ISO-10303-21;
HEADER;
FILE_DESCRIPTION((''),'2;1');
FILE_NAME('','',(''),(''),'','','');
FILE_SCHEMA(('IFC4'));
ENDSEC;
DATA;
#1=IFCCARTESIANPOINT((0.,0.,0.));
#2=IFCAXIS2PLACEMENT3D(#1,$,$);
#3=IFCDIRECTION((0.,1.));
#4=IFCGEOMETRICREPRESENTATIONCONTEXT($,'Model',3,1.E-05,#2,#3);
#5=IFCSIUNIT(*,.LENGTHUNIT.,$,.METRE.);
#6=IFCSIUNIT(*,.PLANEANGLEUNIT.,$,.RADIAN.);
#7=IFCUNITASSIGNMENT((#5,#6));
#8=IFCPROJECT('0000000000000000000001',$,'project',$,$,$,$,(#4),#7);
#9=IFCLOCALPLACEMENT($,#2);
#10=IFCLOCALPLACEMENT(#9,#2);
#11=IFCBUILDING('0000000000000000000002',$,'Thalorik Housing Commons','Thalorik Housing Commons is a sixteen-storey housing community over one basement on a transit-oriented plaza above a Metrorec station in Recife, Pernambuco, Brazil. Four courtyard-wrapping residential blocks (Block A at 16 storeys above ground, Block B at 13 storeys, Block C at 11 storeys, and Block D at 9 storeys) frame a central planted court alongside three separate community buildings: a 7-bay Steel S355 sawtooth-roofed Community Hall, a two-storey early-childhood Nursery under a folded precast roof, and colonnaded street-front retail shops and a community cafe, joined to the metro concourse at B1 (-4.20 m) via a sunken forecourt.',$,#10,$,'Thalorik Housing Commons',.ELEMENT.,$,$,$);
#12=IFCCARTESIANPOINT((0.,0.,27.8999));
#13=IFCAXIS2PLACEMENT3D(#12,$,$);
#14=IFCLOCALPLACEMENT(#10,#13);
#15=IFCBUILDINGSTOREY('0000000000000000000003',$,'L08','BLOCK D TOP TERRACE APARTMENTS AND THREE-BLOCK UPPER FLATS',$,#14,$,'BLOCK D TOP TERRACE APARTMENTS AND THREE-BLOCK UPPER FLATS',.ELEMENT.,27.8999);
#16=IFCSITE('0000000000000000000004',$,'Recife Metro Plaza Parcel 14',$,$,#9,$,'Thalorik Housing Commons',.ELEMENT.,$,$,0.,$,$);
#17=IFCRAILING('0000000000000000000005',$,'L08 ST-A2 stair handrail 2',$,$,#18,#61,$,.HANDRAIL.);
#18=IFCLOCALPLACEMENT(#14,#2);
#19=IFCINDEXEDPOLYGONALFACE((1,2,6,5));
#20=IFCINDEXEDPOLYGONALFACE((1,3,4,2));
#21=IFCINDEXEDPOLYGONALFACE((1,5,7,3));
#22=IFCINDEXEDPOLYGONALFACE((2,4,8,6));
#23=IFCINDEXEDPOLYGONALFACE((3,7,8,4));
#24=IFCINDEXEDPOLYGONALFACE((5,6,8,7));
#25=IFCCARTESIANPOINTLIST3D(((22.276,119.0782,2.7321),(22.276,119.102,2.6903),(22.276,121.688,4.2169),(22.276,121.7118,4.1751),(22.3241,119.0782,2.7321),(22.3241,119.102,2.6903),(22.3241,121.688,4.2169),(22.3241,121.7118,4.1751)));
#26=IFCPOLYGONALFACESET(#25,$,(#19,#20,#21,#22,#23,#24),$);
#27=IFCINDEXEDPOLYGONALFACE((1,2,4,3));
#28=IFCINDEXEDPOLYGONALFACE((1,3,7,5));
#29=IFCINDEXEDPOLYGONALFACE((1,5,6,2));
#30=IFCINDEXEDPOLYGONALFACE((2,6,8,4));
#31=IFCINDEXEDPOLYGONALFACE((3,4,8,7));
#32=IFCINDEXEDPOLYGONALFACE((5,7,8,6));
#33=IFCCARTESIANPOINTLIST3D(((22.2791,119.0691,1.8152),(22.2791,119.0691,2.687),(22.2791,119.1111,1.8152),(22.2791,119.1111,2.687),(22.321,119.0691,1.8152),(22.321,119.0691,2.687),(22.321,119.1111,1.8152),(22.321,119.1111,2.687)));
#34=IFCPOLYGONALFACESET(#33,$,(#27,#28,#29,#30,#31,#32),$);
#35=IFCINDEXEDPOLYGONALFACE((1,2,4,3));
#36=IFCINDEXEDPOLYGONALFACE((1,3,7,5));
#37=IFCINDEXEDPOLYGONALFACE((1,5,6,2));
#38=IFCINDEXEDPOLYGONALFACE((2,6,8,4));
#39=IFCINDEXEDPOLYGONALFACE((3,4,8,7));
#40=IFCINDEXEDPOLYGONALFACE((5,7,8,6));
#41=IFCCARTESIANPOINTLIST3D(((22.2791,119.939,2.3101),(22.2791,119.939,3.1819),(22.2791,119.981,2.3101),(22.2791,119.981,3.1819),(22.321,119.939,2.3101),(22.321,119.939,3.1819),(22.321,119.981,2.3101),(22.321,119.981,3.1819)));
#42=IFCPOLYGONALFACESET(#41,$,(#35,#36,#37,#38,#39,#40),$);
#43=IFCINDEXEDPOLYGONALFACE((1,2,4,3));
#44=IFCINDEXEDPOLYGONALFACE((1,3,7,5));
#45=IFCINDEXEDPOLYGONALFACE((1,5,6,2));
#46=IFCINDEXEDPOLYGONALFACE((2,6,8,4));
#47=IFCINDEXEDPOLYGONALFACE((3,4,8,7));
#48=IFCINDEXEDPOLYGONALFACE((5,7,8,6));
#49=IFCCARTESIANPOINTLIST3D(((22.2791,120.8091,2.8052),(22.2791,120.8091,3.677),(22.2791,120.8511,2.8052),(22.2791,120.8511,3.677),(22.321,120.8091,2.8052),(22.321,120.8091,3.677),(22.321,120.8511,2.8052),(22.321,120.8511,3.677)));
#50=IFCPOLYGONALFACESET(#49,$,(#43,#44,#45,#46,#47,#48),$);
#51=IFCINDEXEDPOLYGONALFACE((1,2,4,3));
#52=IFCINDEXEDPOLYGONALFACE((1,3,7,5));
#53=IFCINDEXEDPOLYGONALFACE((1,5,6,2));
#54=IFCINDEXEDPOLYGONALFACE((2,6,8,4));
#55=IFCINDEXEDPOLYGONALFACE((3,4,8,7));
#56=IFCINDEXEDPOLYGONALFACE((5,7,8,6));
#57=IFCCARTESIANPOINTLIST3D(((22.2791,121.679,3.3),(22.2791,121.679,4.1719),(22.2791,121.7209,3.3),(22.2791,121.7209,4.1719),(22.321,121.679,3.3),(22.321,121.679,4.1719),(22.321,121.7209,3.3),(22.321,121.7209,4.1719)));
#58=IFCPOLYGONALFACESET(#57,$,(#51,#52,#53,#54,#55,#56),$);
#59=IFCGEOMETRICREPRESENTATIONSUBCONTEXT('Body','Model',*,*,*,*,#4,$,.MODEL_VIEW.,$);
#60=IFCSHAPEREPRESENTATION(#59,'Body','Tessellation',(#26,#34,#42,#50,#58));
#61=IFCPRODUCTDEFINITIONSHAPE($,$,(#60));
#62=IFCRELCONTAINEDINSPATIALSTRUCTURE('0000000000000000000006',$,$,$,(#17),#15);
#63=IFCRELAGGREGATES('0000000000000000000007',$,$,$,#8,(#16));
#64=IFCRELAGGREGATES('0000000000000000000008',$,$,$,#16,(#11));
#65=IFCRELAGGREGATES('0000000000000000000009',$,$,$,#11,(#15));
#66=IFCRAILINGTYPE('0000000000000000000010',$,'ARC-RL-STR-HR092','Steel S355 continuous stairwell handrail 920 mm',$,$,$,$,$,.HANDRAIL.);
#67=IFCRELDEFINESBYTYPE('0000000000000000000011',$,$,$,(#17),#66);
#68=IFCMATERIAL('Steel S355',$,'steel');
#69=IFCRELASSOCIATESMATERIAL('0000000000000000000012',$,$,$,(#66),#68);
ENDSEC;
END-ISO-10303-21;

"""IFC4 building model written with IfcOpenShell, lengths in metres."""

from ifc_helpers import new_model, si_unit, direction, frame, origin, origin_2d, place, context, subcontext, project, spatial, rectangle, extrude, material, type_object, element, save


model = new_model("IFC4")

# Units and contexts
model_context = context("Model", 3, precision=1e-05, world=origin(), true_north=direction((0.0, 1.0)))
body_context = subcontext(model_context, "Body", "Model", "MODEL_VIEW")
ifc_project = project(units=[si_unit("LENGTHUNIT", "METRE"), si_unit("PLANEANGLEUNIT", "RADIAN")], contexts=[model_context])

# Site, building, storey
site_placement = place(None, origin())
site = spatial("IfcSite", under=ifc_project, at=site_placement, Name="Recife Metro Plaza Parcel 14", LongName="Thalorik Housing Commons", CompositionType="ELEMENT", RefElevation=0.0)
building_placement = place(site_placement, origin())
building = spatial("IfcBuilding", under=site, at=building_placement, Name="Thalorik Housing Commons", Description="Thalorik Housing Commons is a sixteen-storey housing community over one basement on a transit-oriented plaza above a Metrorec station in Recife, Pernambuco, Brazil. Four courtyard-wrapping residential blocks (Block A at 16 storeys above ground, Block B at 13 storeys, Block C at 11 storeys, and Block D at 9 storeys) frame a central planted court alongside three separate community buildings: a 7-bay Steel S355 sawtooth-roofed Community Hall, a two-storey early-childhood Nursery under a folded precast roof, and colonnaded street-front retail shops and a community cafe, joined to the metro concourse at B1 (-4.20 m) via a sunken forecourt.", LongName="Thalorik Housing Commons", CompositionType="ELEMENT")
storey_placement = place(building_placement, frame((0.0, 0.0, 27.8999)))
storey = spatial("IfcBuildingStorey", under=building, at=storey_placement, Name="L08", Description="BLOCK D TOP TERRACE APARTMENTS AND THREE-BLOCK UPPER FLATS", LongName="BLOCK D TOP TERRACE APARTMENTS AND THREE-BLOCK UPPER FLATS", CompositionType="ELEMENT", Elevation=27.8999)

# Shared definitions
ifc_material_1 = material(Name="Steel S355", Category="steel")

# Railing
railing_type_1 = type_object("IfcRailingType", Name="ARC-RL-STR-HR092", Description="Steel S355 continuous stairwell handrail 920 mm", PredefinedType="HANDRAIL", material=ifc_material_1)
railing_1_placement = place(storey_placement, frame((22.3, 119.0901, 1.8152)))
element("IfcRailing", 1, at=railing_1_placement, inside=storey, type_object=railing_type_1, Name="L08 ST-A2 stair handrail 2", PredefinedType="HANDRAIL", context=body_context, shape_type="SweptSolid", body=[
    extrude(rectangle(XDim=0.0481, YDim=0.0481, at=origin_2d()), frame((0.0, 0.0, 0.896), z_axis=(0.0, 0.869172, 0.494509), x_axis=(-1.0, 0.0, 0.0)), (0.0, 0.0, 1.0), 3.0027),
    extrude(rectangle(XDim=0.042, YDim=0.042, at=origin_2d()), origin(), (0.0, 0.0, 1.0), 0.8718),
    extrude(rectangle(XDim=0.042, YDim=0.042, at=origin_2d()), frame((0.0, 0.8699, 0.4949)), (0.0, 0.0, 1.0), 0.8718),
    extrude(rectangle(XDim=0.042, YDim=0.042, at=origin_2d()), frame((0.0, 1.74, 0.99)), (0.0, 0.0, 1.0), 0.8718),
    extrude(rectangle(XDim=0.042, YDim=0.042, at=origin_2d()), frame((0.0, 2.6099, 1.4849)), (0.0, 0.0, 1.0), 0.8718),
])

save(model, "model.ifc")
